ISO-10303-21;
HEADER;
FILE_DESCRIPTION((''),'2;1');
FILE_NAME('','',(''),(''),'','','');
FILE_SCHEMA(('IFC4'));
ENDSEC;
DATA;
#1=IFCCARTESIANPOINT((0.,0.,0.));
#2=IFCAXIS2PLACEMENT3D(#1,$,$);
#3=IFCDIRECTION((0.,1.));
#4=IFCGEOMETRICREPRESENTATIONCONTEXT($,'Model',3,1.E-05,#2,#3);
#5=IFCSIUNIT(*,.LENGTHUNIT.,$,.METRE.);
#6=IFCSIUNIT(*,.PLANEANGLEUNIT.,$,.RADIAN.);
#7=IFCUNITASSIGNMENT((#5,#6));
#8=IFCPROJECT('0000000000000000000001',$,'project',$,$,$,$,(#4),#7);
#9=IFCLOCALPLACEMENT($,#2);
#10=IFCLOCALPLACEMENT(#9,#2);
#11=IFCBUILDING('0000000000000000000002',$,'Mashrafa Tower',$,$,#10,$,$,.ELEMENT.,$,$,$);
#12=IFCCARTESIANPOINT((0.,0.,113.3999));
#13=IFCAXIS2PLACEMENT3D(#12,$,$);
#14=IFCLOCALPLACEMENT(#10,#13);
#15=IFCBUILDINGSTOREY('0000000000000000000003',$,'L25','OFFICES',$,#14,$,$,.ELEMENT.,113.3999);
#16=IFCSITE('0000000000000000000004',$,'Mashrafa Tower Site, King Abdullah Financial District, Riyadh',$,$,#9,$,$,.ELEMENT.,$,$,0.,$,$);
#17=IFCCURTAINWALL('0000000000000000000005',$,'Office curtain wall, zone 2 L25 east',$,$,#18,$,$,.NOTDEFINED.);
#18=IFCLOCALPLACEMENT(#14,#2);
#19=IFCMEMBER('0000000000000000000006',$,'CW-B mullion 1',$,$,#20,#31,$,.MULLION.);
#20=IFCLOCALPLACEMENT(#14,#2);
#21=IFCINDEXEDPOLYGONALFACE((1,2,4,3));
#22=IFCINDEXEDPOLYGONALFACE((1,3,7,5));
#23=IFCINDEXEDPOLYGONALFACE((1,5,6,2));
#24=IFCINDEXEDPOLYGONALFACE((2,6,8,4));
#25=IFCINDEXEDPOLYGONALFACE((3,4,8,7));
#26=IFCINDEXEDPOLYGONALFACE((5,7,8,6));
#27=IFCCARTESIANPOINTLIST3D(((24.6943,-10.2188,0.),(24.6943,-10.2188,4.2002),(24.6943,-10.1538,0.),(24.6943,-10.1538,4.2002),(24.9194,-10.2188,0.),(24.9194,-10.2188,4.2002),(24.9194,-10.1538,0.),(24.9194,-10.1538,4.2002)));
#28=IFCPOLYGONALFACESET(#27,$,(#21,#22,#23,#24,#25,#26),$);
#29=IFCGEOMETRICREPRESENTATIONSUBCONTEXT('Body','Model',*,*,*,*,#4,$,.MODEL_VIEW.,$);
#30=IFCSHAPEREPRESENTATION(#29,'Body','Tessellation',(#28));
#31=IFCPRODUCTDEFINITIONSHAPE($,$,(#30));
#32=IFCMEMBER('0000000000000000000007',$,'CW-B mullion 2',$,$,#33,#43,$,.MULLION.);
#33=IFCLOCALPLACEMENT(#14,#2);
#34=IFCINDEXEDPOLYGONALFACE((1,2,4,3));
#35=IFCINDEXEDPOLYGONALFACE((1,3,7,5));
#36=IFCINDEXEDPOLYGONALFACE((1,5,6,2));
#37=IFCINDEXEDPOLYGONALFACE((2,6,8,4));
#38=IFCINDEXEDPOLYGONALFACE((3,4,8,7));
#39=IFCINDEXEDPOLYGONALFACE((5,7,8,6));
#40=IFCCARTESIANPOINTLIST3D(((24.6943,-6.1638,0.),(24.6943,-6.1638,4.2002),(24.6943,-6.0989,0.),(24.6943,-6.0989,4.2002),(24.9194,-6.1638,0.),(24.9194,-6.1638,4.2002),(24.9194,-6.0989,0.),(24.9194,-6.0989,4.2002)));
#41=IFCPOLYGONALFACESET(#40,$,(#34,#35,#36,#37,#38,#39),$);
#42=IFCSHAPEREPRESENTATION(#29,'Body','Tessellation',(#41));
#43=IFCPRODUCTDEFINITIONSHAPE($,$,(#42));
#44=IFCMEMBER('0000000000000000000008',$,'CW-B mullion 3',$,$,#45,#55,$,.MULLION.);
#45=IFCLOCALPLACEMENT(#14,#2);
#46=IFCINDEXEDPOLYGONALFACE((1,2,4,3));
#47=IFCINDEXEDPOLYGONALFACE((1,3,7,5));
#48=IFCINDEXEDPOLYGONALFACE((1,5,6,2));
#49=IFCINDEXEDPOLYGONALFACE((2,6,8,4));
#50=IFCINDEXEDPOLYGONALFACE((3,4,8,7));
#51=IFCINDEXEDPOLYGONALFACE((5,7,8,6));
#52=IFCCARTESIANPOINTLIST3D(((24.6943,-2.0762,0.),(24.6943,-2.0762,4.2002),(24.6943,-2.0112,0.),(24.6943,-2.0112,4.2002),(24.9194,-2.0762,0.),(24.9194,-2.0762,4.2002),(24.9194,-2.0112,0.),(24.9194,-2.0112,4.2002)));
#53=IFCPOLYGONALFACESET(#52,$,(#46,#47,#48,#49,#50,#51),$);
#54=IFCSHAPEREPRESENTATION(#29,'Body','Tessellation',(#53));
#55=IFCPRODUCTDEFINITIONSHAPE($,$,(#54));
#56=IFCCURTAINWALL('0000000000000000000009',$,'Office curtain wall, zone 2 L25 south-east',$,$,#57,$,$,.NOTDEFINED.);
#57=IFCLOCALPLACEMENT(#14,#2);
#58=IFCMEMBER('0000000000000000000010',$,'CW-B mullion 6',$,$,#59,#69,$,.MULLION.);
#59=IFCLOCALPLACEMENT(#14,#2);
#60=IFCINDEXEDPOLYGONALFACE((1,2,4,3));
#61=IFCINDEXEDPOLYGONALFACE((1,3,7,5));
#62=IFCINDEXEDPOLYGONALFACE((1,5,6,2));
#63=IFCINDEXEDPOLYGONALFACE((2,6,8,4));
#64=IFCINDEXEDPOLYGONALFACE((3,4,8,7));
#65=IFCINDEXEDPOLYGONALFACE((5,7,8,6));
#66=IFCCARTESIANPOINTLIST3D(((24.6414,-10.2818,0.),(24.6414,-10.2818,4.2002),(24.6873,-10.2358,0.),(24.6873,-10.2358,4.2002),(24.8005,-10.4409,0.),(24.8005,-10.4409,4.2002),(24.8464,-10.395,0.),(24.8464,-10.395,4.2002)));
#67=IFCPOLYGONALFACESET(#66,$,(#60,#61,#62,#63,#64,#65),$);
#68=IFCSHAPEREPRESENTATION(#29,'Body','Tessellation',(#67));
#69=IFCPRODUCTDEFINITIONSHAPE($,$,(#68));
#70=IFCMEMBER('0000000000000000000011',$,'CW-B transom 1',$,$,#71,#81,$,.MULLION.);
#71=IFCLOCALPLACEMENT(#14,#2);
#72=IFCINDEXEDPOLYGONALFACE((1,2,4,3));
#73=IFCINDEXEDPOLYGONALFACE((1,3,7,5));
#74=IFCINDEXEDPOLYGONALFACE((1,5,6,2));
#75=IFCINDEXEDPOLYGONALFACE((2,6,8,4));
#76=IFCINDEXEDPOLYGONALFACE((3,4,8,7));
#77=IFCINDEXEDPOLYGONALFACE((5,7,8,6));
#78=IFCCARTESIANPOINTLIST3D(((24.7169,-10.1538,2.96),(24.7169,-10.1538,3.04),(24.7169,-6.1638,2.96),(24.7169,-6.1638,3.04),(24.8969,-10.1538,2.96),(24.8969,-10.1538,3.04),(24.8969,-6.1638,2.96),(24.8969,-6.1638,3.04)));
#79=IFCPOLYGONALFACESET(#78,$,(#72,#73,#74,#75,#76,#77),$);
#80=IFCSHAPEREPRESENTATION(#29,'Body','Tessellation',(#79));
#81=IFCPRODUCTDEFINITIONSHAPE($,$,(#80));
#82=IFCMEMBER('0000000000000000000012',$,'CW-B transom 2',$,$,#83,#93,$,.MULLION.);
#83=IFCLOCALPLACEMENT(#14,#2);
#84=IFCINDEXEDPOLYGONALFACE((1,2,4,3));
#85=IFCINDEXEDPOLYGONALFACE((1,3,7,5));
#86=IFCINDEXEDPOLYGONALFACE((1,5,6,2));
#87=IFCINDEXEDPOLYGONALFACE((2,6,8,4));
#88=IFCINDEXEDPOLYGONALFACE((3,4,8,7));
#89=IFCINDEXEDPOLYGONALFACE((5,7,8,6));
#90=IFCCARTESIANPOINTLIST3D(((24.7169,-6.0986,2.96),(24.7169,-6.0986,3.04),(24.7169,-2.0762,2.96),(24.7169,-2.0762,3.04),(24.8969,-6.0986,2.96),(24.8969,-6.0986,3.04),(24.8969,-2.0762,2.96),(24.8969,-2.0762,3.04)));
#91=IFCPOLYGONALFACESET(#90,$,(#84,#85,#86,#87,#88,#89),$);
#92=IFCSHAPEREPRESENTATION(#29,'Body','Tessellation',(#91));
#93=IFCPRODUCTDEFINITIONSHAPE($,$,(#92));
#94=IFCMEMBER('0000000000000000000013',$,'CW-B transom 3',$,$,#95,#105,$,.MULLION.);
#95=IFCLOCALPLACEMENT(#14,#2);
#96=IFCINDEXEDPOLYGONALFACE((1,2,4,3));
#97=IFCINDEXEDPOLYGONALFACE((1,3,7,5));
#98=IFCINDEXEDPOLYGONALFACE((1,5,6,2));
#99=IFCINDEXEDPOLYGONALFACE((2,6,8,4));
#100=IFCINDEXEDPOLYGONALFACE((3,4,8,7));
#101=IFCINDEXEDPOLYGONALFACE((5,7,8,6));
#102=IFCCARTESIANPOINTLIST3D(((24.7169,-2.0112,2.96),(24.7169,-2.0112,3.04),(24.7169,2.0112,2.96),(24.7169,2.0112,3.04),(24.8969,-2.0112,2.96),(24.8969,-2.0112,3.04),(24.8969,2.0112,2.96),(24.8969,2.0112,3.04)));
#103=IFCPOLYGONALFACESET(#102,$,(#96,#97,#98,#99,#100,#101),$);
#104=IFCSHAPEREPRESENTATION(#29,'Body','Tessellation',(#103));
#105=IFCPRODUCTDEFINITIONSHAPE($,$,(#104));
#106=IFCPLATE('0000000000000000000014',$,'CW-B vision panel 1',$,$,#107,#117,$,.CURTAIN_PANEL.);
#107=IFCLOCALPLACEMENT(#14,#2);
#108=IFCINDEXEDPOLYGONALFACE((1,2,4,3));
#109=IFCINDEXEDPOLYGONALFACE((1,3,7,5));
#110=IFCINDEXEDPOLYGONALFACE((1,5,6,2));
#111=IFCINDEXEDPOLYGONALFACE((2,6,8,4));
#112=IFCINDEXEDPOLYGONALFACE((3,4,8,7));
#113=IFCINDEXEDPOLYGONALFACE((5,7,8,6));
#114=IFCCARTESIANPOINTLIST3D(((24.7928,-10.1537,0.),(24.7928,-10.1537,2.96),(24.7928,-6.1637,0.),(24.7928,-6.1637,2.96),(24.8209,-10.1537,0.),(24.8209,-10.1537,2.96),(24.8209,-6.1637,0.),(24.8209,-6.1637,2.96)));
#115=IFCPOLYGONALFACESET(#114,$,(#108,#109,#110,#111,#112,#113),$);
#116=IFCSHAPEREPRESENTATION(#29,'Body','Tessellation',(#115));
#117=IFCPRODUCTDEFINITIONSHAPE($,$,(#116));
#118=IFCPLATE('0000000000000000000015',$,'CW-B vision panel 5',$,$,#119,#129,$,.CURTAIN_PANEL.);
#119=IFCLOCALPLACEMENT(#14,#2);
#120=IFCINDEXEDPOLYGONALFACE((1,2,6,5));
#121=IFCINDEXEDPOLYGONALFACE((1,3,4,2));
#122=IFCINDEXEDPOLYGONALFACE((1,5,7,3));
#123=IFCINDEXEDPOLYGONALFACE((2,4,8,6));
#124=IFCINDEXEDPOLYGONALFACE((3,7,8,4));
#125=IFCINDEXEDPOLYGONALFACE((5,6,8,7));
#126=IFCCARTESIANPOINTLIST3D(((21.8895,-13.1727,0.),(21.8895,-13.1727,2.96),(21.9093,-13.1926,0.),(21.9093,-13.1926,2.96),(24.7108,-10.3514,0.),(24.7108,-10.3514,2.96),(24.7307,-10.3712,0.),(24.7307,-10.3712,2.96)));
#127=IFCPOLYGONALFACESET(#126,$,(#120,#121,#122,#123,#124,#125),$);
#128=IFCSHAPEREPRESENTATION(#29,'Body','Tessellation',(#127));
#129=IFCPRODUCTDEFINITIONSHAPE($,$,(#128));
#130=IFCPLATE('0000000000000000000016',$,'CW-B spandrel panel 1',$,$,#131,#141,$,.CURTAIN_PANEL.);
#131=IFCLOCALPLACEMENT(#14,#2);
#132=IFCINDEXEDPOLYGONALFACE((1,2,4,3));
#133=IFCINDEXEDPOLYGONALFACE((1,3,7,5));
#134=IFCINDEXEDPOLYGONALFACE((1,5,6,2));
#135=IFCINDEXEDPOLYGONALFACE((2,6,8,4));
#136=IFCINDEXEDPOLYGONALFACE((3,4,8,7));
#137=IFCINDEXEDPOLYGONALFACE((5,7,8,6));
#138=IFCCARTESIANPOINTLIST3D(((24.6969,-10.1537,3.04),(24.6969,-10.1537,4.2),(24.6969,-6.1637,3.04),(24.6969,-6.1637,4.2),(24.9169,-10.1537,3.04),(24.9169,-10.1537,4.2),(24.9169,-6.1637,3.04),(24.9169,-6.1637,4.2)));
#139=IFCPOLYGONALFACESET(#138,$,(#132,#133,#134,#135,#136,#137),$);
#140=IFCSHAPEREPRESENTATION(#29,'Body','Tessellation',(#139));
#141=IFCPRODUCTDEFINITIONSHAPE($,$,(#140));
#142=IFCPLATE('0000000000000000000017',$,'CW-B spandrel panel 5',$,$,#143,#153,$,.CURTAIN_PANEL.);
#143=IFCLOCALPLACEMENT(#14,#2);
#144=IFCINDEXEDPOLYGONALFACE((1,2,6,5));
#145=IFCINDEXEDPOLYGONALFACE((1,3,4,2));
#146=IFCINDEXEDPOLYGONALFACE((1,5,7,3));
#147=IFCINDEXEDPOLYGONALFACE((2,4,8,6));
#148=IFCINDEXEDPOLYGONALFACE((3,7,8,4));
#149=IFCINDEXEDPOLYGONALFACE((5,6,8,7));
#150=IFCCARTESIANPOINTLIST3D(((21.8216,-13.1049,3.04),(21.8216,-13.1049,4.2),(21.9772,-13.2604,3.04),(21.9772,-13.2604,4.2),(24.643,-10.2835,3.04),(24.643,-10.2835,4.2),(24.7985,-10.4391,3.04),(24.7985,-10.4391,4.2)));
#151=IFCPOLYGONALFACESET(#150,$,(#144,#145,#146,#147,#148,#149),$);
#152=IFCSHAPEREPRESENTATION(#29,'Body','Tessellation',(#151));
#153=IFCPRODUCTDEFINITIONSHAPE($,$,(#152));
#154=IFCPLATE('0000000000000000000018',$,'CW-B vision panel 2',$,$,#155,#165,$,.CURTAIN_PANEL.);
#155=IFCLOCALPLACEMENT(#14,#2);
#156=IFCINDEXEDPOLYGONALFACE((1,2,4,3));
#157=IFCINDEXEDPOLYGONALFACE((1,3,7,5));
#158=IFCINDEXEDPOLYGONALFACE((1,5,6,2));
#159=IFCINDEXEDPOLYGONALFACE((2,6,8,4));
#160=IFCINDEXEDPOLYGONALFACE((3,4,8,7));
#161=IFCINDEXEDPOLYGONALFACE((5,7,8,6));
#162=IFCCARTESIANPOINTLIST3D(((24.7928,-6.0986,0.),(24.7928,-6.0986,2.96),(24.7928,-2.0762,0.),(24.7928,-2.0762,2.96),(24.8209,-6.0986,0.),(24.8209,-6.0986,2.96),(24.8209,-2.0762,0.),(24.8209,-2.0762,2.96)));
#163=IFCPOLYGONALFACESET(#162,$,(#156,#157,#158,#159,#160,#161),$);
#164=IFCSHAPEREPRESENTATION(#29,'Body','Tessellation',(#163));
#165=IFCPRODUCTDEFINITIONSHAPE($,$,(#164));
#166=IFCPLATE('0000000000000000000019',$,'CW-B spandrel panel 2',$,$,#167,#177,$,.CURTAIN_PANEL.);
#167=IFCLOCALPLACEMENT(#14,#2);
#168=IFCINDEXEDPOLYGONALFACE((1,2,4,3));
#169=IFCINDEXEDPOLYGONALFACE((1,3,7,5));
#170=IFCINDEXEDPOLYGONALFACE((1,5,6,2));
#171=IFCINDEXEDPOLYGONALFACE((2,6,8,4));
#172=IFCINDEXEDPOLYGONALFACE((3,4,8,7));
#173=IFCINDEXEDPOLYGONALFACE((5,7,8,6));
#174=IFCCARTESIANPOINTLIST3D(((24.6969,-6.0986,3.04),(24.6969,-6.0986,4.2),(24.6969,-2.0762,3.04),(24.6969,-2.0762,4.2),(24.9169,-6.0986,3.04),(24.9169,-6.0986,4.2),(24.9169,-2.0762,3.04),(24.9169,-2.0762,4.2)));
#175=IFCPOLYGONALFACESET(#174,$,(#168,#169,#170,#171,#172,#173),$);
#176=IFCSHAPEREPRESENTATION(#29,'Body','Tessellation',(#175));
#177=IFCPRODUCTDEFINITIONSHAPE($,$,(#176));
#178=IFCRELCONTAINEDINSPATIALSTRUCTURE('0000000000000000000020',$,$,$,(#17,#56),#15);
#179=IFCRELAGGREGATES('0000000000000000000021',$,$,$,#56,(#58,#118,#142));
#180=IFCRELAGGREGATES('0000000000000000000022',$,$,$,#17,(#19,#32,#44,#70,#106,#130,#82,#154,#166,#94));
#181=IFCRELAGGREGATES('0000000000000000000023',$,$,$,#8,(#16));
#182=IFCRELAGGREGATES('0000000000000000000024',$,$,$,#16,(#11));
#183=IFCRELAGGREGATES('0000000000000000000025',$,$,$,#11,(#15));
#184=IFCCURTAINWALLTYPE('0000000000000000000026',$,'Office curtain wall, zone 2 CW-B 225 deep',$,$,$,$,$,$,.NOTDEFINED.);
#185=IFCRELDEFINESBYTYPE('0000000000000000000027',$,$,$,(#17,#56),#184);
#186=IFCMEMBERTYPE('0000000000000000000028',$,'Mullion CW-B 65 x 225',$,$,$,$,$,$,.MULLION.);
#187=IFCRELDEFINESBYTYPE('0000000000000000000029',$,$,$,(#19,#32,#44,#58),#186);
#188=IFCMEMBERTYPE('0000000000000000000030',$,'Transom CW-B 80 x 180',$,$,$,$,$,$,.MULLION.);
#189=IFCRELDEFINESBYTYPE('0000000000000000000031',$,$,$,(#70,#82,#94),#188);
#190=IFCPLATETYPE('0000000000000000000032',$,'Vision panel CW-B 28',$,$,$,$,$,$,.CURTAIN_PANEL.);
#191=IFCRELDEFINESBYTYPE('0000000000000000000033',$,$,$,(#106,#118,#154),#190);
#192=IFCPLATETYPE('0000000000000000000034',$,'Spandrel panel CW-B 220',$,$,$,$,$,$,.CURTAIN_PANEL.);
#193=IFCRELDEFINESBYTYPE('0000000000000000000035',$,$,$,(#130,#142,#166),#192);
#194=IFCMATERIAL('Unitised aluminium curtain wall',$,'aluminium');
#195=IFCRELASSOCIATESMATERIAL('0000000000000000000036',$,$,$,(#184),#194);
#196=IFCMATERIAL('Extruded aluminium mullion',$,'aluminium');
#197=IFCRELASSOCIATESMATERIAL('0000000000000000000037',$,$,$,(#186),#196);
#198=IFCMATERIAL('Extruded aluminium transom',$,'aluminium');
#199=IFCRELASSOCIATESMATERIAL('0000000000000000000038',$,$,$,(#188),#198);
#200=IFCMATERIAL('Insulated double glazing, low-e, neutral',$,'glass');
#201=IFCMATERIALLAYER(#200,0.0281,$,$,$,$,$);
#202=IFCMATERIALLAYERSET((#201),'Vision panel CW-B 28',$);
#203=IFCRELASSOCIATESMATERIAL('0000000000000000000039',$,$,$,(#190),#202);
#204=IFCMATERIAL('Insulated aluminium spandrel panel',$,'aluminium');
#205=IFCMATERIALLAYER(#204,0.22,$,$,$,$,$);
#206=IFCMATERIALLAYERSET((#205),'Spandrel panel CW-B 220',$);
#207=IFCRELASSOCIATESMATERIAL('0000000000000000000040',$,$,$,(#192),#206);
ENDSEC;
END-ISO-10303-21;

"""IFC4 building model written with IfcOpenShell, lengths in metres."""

from ifc_helpers import new_model, si_unit, direction, frame, origin, origin_2d, place, context, subcontext, project, spatial, rectangle, extrude, source, transform, mapped, material, layer, layer_set, material_profile, profile_set, type_object, type_shapes, element, aggregate, save


model = new_model("IFC4")

# Units and contexts
model_context = context("Model", 3, precision=1e-05, world=origin(), true_north=direction((0.0, 1.0)))
body_context = subcontext(model_context, "Body", "Model", "MODEL_VIEW")
ifc_project = project(units=[si_unit("LENGTHUNIT", "METRE"), si_unit("PLANEANGLEUNIT", "RADIAN")], contexts=[model_context])

# Site, building, storey
site_placement = place(None, origin())
site = spatial("IfcSite", under=ifc_project, at=site_placement, Name="Mashrafa Tower Site, King Abdullah Financial District, Riyadh", CompositionType="ELEMENT", RefElevation=0.0)
building_placement = place(site_placement, origin())
building = spatial("IfcBuilding", under=site, at=building_placement, Name="Mashrafa Tower", CompositionType="ELEMENT")
storey_placement = place(building_placement, frame((0.0, 0.0, 113.3999)))
storey = spatial("IfcBuildingStorey", under=building, at=storey_placement, Name="L25", Description="OFFICES", CompositionType="ELEMENT", Elevation=113.3999)

# Curtain wall, members
ifc_material_1 = material(Name="Unitised aluminium curtain wall", Category="aluminium")
curtain_wall_type = type_object("IfcCurtainWallType", Name="Office curtain wall, zone 2 CW-B 225 deep", PredefinedType="NOTDEFINED", material=ifc_material_1)
curtain_wall_1_placement = place(storey_placement, origin())
curtain_wall_1 = element("IfcCurtainWall", 1, at=curtain_wall_1_placement, inside=storey, type_object=curtain_wall_type, Name="Office curtain wall, zone 2 L25 east", PredefinedType="NOTDEFINED")
ifc_material_2 = material(Name="Extruded aluminium mullion", Category="aluminium")
ifc_material_profile_1 = material_profile(ifc_material_2, rectangle(XDim=0.2251, YDim=0.0649, at=origin_2d()), Name="Mullion 65x225")
ifc_profile_set_1 = profile_set([ifc_material_profile_1], Name="Extruded aluminium mullion")
member_type_1 = type_object("IfcMemberType", Name="Mullion CW-B 65 x 225", PredefinedType="MULLION", material=ifc_profile_set_1)
shared_shape_1 = source(origin(), body_context, "Body", "SweptSolid", [
    extrude(rectangle(XDim=0.2251, YDim=0.0649, at=origin_2d()), origin(), (0.0, 0.0, 1.0), 4.2002),
])
type_shapes(member_type_1, [shared_shape_1])
member_1_placement = place(storey_placement, frame((24.8069, -10.1863, 0.0), z_axis=(0.0, 0.0, 1.0), x_axis=(-1.0, 0.0, 0.0)))
member_1 = element("IfcMember", 2, at=member_1_placement, type_object=member_type_1, Name="CW-B mullion 1", PredefinedType="MULLION", context=body_context, shape_type="MappedRepresentation", body=[
    mapped(shared_shape_1, transform((0.0, 0.0, 0.0))),
])
member_2_placement = place(storey_placement, frame((24.8069, -6.1313, 0.0), z_axis=(0.0, 0.0, 1.0), x_axis=(-1.0, 0.0, 0.0)))
member_2 = element("IfcMember", 3, at=member_2_placement, type_object=member_type_1, Name="CW-B mullion 2", PredefinedType="MULLION", context=body_context, shape_type="MappedRepresentation", body=[
    mapped(shared_shape_1, transform((0.0, 0.0, 0.0))),
])
member_3_placement = place(storey_placement, frame((24.8069, -2.0437, 0.0), z_axis=(0.0, 0.0, 1.0), x_axis=(-1.0, 0.0, 0.0)))
member_3 = element("IfcMember", 4, at=member_3_placement, type_object=member_type_1, Name="CW-B mullion 3", PredefinedType="MULLION", context=body_context, shape_type="MappedRepresentation", body=[
    mapped(shared_shape_1, transform((0.0, 0.0, 0.0))),
])

# Curtain wall, member
curtain_wall_2_placement = place(storey_placement, origin())
curtain_wall_2 = element("IfcCurtainWall", 5, at=curtain_wall_2_placement, inside=storey, type_object=curtain_wall_type, Name="Office curtain wall, zone 2 L25 south-east", PredefinedType="NOTDEFINED")
member_4_placement = place(storey_placement, frame((24.7439, -10.3384, 0.0), z_axis=(0.0, 0.0, 1.0), x_axis=(-0.707107, 0.707107, 0.0)))
member_4 = element("IfcMember", 6, at=member_4_placement, type_object=member_type_1, Name="CW-B mullion 6", PredefinedType="MULLION", context=body_context, shape_type="MappedRepresentation", body=[
    mapped(shared_shape_1, transform((0.0, 0.0, 0.0))),
])

# Members
ifc_material_3 = material(Name="Extruded aluminium transom", Category="aluminium")
ifc_material_profile_2 = material_profile(ifc_material_3, rectangle(XDim=0.1799, YDim=0.0801, at=origin_2d()), Name="Transom 80x180")
ifc_profile_set_2 = profile_set([ifc_material_profile_2], Name="Extruded aluminium transom")
member_type_2 = type_object("IfcMemberType", Name="Transom CW-B 80 x 180", PredefinedType="MULLION", material=ifc_profile_set_2)
shared_shape_2 = source(origin(), body_context, "Body", "SweptSolid", [
    extrude(rectangle(XDim=0.1799, YDim=0.0801, at=origin_2d()), origin(), (0.0, 0.0, 1.0), 3.99),
])
member_5_placement = place(storey_placement, frame((24.8069, -10.1538, 3.0), z_axis=(0.0, 1.0, 0.0), x_axis=(-1.0, 0.0, 0.0)))
member_5 = element("IfcMember", 7, at=member_5_placement, type_object=member_type_2, Name="CW-B transom 1", PredefinedType="MULLION", context=body_context, shape_type="MappedRepresentation", body=[
    mapped(shared_shape_2, transform((0.0, 0.0, 0.0))),
])
shared_shape_3 = source(origin(), body_context, "Body", "SweptSolid", [
    extrude(rectangle(XDim=0.1799, YDim=0.0801, at=origin_2d()), origin(), (0.0, 0.0, 1.0), 4.0225),
])
type_shapes(member_type_2, [shared_shape_2, shared_shape_3])
member_6_placement = place(storey_placement, frame((24.8069, -6.0986, 3.0), z_axis=(0.0, 1.0, 0.0), x_axis=(-1.0, 0.0, 0.0)))
member_6 = element("IfcMember", 8, at=member_6_placement, type_object=member_type_2, Name="CW-B transom 2", PredefinedType="MULLION", context=body_context, shape_type="MappedRepresentation", body=[
    mapped(shared_shape_3, transform((0.0, 0.0, 0.0))),
])
member_7_placement = place(storey_placement, frame((24.8069, -2.0112, 3.0), z_axis=(0.0, 1.0, 0.0), x_axis=(-1.0, 0.0, 0.0)))
member_7 = element("IfcMember", 9, at=member_7_placement, type_object=member_type_2, Name="CW-B transom 3", PredefinedType="MULLION", context=body_context, shape_type="MappedRepresentation", body=[
    mapped(shared_shape_3, transform((0.0, 0.0, 0.0))),
])

# Plates
ifc_material_4 = material(Name="Insulated double glazing, low-e, neutral", Category="glass")
ifc_layer_1 = layer(ifc_material_4, 0.0281)
ifc_layer_set_1 = layer_set([ifc_layer_1], Name="Vision panel CW-B 28")
plate_type_1 = type_object("IfcPlateType", Name="Vision panel CW-B 28", PredefinedType="CURTAIN_PANEL", material=ifc_layer_set_1)
shared_shape_4 = source(origin(), body_context, "Body", "SweptSolid", [
    extrude(rectangle(XDim=3.99, YDim=0.0281, at=origin_2d()), origin(), (0.0, 0.0, 1.0), 2.96),
])
plate_1_placement = place(storey_placement, frame((24.8069, -8.1587, 0.0), z_axis=(0.0, 0.0, 1.0), x_axis=(0.0, 1.0, 0.0)))
plate_1 = element("IfcPlate", 10, at=plate_1_placement, type_object=plate_type_1, Name="CW-B vision panel 1", PredefinedType="CURTAIN_PANEL", context=body_context, shape_type="MappedRepresentation", body=[
    mapped(shared_shape_4, transform((0.0, 0.0, 0.0))),
])
plate_2_placement = place(storey_placement, frame((23.3101, -11.772, 0.0), z_axis=(0.0, 0.0, 1.0), x_axis=(0.707107, 0.707107, 0.0)))
plate_2 = element("IfcPlate", 11, at=plate_2_placement, type_object=plate_type_1, Name="CW-B vision panel 5", PredefinedType="CURTAIN_PANEL", context=body_context, shape_type="MappedRepresentation", body=[
    mapped(shared_shape_4, transform((0.0, 0.0, 0.0))),
])
ifc_material_5 = material(Name="Insulated aluminium spandrel panel", Category="aluminium")
ifc_layer_2 = layer(ifc_material_5, 0.22)
ifc_layer_set_2 = layer_set([ifc_layer_2], Name="Spandrel panel CW-B 220")
plate_type_2 = type_object("IfcPlateType", Name="Spandrel panel CW-B 220", PredefinedType="CURTAIN_PANEL", material=ifc_layer_set_2)
shared_shape_5 = source(origin(), body_context, "Body", "SweptSolid", [
    extrude(rectangle(XDim=3.99, YDim=0.22, at=origin_2d()), origin(), (0.0, 0.0, 1.0), 1.1599),
])
plate_3_placement = place(storey_placement, frame((24.8069, -8.1587, 3.04), z_axis=(0.0, 0.0, 1.0), x_axis=(0.0, 1.0, 0.0)))
plate_3 = element("IfcPlate", 12, at=plate_3_placement, type_object=plate_type_2, Name="CW-B spandrel panel 1", PredefinedType="CURTAIN_PANEL", context=body_context, shape_type="MappedRepresentation", body=[
    mapped(shared_shape_5, transform((0.0, 0.0, 0.0))),
])
plate_4_placement = place(storey_placement, frame((23.3101, -11.772, 3.04), z_axis=(0.0, 0.0, 1.0), x_axis=(0.707107, 0.707107, 0.0)))
plate_4 = element("IfcPlate", 13, at=plate_4_placement, type_object=plate_type_2, Name="CW-B spandrel panel 5", PredefinedType="CURTAIN_PANEL", context=body_context, shape_type="MappedRepresentation", body=[
    mapped(shared_shape_5, transform((0.0, 0.0, 0.0))),
])
aggregate(curtain_wall_2, [member_4, plate_2, plate_4])
shared_shape_6 = source(origin(), body_context, "Body", "SweptSolid", [
    extrude(rectangle(XDim=4.0225, YDim=0.0281, at=origin_2d()), origin(), (0.0, 0.0, 1.0), 2.96),
])
type_shapes(plate_type_1, [shared_shape_4, shared_shape_6])
plate_5_placement = place(storey_placement, frame((24.8069, -4.0874, 0.0), z_axis=(0.0, 0.0, 1.0), x_axis=(0.0, 1.0, 0.0)))
plate_5 = element("IfcPlate", 14, at=plate_5_placement, type_object=plate_type_1, Name="CW-B vision panel 2", PredefinedType="CURTAIN_PANEL", context=body_context, shape_type="MappedRepresentation", body=[
    mapped(shared_shape_6, transform((0.0, 0.0, 0.0))),
])
shared_shape_7 = source(origin(), body_context, "Body", "SweptSolid", [
    extrude(rectangle(XDim=4.0225, YDim=0.22, at=origin_2d()), origin(), (0.0, 0.0, 1.0), 1.1599),
])
type_shapes(plate_type_2, [shared_shape_5, shared_shape_7])
plate_6_placement = place(storey_placement, frame((24.8069, -4.0874, 3.04), z_axis=(0.0, 0.0, 1.0), x_axis=(0.0, 1.0, 0.0)))
plate_6 = element("IfcPlate", 15, at=plate_6_placement, type_object=plate_type_2, Name="CW-B spandrel panel 2", PredefinedType="CURTAIN_PANEL", context=body_context, shape_type="MappedRepresentation", body=[
    mapped(shared_shape_7, transform((0.0, 0.0, 0.0))),
])
aggregate(curtain_wall_1, [member_1, member_2, member_3, member_5, plate_1, plate_3, member_6, plate_5, plate_6, member_7])

save(model, "model.ifc")
